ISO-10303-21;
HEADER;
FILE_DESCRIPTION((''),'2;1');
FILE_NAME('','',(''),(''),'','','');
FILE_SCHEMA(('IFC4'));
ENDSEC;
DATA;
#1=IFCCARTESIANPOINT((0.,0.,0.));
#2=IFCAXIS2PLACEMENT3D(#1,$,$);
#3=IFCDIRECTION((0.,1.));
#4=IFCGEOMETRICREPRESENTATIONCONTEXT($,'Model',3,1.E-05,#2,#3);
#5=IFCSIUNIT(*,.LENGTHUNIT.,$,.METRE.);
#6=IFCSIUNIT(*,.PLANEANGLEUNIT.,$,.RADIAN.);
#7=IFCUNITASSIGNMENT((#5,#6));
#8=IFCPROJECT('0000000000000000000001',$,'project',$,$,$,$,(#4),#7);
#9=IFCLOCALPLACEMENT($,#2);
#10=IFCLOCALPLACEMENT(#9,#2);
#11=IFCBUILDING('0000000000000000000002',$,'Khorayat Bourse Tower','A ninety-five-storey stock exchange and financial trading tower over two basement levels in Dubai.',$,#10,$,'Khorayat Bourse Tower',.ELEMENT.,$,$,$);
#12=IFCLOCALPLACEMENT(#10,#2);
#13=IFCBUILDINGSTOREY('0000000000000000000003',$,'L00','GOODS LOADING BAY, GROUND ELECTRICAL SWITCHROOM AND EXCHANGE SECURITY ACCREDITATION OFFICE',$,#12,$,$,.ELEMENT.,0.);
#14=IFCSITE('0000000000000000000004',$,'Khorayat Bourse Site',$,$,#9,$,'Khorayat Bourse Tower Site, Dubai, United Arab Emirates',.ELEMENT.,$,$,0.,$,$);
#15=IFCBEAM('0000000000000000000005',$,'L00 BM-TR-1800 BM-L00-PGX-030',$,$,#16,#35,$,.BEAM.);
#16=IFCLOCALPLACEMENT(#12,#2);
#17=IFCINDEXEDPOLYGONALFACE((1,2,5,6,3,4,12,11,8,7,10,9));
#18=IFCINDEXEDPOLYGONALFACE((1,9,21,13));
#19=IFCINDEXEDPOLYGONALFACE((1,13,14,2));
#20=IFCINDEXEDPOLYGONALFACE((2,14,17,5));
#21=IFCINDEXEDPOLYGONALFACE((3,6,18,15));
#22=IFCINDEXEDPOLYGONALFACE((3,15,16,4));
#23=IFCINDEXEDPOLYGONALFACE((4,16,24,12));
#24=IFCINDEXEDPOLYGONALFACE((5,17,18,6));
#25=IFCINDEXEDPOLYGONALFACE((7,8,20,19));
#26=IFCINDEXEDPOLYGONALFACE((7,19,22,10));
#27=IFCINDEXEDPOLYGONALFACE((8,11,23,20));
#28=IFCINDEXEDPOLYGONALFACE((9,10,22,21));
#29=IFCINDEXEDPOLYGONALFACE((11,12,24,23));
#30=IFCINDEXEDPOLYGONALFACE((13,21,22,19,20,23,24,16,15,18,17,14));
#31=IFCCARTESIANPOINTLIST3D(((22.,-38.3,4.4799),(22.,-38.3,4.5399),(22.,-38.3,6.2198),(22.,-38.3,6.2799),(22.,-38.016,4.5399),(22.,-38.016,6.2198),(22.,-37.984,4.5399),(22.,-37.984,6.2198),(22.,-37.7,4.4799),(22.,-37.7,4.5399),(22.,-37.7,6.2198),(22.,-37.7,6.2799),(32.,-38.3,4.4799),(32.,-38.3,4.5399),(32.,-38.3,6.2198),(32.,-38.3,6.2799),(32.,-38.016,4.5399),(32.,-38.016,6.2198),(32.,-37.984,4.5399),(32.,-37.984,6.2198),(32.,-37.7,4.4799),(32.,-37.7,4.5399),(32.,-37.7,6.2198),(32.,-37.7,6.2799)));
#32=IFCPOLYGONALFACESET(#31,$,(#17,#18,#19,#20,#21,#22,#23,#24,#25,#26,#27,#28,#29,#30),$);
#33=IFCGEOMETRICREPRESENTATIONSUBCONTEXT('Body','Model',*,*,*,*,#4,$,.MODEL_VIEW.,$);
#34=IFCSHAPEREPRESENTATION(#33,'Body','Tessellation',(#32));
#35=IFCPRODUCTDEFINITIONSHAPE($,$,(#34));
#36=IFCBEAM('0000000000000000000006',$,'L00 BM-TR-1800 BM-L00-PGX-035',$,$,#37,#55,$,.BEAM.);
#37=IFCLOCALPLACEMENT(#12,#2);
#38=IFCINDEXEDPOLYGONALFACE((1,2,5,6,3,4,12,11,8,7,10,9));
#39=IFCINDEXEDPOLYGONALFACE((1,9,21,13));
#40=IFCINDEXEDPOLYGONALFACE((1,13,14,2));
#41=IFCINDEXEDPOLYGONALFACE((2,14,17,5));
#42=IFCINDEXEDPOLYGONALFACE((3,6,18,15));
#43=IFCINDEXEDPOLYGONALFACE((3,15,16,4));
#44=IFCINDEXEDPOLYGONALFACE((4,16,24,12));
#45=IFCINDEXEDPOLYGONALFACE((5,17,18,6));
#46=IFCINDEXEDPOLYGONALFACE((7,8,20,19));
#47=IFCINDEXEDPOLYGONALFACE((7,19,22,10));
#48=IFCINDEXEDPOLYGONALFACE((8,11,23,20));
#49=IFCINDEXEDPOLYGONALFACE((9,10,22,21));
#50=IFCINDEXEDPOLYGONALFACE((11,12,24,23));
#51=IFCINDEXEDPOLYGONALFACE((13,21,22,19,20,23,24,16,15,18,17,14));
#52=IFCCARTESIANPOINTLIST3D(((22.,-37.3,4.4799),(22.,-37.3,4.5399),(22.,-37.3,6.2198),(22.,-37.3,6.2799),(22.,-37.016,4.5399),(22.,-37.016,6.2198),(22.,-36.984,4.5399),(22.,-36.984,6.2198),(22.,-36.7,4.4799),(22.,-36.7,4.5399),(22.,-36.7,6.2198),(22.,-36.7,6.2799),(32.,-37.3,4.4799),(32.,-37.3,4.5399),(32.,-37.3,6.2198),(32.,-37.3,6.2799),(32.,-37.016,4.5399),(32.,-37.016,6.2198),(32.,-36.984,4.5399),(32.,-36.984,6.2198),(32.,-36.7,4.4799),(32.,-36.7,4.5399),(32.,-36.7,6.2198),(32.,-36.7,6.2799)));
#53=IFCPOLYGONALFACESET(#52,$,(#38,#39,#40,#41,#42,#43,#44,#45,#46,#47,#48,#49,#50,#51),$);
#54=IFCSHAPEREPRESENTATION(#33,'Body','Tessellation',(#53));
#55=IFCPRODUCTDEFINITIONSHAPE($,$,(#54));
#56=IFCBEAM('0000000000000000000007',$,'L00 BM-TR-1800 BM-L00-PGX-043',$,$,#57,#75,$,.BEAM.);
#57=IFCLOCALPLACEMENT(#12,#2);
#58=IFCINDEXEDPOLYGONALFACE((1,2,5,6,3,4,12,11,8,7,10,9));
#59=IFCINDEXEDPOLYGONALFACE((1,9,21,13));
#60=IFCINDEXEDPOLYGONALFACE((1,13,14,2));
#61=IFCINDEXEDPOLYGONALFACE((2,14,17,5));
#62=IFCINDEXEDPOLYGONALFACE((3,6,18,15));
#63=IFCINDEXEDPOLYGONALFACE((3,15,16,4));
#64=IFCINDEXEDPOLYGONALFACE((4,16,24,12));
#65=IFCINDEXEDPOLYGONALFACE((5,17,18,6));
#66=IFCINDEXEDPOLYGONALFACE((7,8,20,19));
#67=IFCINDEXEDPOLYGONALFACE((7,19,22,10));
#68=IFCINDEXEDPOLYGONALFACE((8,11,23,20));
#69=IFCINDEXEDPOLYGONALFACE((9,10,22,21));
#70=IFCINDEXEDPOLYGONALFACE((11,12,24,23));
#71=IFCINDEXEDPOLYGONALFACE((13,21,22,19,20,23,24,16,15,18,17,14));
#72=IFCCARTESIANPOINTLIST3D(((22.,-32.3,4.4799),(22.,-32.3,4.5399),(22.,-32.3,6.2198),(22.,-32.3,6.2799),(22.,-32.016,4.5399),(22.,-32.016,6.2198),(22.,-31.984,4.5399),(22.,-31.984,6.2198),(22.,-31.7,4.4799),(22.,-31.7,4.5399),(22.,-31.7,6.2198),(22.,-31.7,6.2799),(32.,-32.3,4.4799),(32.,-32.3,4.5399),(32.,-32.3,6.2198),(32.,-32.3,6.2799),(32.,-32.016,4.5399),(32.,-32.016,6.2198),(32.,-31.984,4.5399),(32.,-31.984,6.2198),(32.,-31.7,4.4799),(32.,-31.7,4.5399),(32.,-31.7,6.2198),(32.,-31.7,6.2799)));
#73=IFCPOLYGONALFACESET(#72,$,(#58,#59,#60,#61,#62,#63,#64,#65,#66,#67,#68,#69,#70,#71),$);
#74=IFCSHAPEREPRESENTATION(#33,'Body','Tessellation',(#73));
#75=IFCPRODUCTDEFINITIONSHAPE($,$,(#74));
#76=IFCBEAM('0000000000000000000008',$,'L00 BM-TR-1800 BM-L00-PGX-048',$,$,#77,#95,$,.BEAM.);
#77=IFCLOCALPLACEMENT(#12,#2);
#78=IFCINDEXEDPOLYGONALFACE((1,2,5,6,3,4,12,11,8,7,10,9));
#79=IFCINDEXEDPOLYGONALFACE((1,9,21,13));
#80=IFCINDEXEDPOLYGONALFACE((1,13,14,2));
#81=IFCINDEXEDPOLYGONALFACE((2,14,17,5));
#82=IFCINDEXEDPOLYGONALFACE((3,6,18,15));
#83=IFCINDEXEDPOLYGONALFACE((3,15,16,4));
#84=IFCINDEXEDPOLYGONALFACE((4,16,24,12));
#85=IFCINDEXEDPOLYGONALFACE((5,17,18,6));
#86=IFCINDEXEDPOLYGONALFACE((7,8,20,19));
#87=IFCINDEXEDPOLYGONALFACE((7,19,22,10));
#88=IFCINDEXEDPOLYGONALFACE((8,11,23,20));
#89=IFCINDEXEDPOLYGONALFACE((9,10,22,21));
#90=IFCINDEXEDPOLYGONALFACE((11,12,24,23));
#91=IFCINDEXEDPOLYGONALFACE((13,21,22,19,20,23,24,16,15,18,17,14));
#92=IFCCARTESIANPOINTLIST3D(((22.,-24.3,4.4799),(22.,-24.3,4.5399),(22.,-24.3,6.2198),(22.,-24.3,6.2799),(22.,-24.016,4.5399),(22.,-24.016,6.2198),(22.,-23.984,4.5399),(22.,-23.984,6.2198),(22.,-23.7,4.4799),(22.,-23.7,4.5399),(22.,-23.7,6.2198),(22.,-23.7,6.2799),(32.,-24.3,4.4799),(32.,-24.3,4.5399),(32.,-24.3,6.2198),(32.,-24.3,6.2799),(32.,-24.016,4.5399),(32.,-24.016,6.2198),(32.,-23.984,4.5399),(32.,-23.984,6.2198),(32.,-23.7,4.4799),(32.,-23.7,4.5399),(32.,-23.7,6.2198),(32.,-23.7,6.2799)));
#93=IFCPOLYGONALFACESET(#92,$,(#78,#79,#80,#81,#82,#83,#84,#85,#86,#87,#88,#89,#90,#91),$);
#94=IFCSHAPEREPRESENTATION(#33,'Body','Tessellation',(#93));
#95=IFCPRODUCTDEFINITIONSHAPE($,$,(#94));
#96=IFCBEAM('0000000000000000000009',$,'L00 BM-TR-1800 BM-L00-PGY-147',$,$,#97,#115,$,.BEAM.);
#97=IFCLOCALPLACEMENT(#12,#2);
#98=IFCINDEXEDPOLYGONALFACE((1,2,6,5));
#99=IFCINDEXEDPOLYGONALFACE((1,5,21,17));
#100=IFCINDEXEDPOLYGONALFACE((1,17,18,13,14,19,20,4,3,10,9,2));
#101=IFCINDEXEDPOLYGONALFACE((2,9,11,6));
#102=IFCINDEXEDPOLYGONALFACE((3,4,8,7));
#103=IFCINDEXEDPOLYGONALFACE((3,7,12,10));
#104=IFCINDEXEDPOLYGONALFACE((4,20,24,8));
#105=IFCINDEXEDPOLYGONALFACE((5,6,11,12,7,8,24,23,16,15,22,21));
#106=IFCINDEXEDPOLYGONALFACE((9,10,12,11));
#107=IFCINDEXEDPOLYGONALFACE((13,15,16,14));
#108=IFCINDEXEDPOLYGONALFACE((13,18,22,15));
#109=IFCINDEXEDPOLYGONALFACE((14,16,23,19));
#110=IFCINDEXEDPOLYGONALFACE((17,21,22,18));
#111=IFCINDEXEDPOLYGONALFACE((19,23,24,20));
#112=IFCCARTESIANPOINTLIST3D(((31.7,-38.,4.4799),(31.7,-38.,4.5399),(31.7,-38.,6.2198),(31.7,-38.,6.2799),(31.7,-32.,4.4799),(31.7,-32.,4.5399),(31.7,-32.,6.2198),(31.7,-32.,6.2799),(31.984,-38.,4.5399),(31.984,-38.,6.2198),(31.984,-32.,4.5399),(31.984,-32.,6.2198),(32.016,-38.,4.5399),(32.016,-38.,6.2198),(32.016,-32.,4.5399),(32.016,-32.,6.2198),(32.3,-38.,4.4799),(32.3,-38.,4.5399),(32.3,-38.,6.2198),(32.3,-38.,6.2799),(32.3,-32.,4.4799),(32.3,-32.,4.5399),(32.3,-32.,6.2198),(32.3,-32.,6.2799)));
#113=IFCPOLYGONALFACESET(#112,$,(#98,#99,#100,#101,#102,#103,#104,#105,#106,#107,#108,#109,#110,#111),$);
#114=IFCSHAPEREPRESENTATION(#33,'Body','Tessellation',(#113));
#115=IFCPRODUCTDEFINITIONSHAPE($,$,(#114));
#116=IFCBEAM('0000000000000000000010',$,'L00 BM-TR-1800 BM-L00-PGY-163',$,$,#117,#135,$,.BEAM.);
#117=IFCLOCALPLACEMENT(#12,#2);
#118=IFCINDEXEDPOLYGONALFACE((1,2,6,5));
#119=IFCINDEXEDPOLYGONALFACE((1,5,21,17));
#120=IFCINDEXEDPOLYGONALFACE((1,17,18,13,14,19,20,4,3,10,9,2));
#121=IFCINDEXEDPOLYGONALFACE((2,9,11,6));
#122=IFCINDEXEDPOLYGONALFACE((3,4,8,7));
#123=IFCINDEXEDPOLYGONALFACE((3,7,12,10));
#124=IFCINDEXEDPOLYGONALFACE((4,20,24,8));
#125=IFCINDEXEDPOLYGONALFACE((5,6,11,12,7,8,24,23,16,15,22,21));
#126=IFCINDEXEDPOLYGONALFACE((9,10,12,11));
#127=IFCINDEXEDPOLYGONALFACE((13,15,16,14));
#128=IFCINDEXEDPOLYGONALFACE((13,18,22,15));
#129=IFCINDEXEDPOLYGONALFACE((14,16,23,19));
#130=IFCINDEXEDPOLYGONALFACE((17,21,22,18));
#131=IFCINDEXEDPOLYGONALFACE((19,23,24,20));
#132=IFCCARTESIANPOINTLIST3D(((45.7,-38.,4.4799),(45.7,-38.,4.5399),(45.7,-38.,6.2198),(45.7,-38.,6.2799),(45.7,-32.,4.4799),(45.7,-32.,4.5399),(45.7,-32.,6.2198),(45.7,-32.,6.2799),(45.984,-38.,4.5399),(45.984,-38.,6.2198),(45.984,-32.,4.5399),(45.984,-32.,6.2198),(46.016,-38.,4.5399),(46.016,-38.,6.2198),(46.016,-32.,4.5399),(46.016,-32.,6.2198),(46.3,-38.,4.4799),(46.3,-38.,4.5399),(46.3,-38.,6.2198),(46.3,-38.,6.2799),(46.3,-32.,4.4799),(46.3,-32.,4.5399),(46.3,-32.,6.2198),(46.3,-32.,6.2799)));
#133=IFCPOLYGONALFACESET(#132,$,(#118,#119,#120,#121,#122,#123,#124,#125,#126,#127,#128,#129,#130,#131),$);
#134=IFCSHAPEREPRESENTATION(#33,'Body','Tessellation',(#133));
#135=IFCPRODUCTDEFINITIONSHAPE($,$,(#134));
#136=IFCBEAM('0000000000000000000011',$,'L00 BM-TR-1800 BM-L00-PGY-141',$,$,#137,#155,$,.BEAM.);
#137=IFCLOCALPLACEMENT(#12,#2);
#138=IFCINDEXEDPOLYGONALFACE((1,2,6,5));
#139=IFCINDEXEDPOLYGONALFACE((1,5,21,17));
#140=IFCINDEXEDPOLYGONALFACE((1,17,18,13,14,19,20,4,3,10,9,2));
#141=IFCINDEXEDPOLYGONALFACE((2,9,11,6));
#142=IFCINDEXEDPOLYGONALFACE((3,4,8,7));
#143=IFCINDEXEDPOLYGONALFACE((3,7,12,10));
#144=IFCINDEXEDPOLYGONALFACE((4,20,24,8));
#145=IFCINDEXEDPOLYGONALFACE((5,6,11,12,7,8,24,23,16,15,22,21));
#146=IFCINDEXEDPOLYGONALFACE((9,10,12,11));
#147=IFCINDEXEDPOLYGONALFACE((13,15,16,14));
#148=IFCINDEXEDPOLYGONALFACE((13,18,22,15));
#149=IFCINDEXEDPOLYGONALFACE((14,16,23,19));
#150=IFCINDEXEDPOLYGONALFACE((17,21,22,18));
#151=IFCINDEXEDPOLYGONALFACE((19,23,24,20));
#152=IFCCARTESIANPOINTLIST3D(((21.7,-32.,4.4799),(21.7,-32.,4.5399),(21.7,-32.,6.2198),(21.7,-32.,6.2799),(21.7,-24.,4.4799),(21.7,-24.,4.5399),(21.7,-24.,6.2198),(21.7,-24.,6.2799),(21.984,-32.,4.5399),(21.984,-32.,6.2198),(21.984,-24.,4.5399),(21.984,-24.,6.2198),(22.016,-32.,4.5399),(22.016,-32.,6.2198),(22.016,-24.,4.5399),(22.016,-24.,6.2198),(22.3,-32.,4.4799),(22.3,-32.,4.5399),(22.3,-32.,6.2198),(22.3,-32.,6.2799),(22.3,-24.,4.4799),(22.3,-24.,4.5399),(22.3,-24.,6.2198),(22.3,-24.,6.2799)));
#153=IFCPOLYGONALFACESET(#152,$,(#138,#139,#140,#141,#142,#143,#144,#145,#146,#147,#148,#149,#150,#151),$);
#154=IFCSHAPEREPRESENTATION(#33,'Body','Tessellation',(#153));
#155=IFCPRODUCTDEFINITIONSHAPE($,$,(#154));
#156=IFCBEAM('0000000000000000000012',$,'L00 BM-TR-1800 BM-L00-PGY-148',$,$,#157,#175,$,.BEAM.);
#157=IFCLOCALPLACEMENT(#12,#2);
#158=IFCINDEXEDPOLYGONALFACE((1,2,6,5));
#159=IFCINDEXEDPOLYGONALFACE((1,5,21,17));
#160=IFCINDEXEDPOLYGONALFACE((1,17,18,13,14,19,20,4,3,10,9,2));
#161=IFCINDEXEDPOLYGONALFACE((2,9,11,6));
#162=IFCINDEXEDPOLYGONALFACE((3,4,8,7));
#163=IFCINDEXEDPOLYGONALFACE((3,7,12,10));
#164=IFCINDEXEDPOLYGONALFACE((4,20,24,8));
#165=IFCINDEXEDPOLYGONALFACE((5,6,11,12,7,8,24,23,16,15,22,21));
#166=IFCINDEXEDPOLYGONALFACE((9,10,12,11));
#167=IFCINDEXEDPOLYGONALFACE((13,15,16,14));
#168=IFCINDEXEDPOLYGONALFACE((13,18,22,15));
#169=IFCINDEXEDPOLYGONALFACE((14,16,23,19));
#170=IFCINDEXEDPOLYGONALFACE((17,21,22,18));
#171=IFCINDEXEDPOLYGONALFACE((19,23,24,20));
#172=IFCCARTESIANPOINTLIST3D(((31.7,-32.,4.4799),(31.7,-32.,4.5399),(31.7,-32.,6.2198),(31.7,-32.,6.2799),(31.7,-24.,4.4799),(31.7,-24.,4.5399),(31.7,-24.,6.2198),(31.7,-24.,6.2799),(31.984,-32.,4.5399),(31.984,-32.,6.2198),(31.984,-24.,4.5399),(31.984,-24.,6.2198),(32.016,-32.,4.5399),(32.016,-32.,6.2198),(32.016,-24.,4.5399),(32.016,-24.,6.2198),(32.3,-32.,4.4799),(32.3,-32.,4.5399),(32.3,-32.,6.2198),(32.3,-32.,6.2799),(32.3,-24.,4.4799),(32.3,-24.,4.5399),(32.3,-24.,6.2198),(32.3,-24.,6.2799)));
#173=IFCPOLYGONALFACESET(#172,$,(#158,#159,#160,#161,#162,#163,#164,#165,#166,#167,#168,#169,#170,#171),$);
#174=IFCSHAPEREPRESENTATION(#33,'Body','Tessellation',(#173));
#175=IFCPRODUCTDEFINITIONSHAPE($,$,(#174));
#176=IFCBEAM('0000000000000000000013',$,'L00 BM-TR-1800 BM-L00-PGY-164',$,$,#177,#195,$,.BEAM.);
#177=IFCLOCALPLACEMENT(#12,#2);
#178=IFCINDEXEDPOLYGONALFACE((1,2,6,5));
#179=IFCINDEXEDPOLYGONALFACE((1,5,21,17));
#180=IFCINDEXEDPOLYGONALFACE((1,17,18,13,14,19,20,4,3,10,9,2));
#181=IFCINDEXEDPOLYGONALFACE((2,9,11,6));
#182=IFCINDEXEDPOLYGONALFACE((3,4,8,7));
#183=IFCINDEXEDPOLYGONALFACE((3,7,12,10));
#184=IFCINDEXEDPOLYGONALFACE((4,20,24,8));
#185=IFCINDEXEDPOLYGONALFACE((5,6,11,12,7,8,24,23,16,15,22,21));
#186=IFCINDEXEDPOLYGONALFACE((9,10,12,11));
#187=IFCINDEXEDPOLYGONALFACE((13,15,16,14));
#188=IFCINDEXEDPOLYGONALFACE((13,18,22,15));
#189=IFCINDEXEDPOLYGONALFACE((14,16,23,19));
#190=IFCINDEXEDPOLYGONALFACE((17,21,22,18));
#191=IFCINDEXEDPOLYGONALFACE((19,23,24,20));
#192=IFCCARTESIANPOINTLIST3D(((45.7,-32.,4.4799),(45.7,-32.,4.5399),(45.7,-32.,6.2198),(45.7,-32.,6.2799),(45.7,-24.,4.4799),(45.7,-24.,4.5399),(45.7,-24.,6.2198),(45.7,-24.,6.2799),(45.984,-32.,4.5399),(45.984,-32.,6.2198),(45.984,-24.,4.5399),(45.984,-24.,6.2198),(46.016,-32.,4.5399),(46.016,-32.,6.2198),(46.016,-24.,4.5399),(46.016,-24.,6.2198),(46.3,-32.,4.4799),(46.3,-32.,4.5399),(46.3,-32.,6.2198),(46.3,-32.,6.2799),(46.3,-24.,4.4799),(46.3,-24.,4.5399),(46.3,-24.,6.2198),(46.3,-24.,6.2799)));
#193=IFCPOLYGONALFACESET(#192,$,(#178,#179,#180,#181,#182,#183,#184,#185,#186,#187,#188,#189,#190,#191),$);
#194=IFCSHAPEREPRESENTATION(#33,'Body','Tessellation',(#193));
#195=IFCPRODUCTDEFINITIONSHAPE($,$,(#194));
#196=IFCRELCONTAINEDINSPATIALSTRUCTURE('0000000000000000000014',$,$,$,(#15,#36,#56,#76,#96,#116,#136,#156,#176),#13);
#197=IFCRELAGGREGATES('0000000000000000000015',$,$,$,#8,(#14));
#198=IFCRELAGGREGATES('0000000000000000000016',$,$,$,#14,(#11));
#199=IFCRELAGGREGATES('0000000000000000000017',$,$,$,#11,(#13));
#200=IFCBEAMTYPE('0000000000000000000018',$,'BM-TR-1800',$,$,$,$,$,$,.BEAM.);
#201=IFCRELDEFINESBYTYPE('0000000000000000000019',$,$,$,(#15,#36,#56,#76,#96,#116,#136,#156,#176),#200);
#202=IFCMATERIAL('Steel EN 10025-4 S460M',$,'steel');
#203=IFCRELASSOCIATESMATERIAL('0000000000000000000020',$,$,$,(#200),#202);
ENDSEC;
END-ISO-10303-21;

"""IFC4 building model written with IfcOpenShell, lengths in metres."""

from ifc_helpers import new_model, si_unit, direction, frame, origin, origin_2d, place, context, subcontext, project, spatial, i_section, extrude, source, transform, mapped, material, material_profile, profile_set, type_object, element, save


model = new_model("IFC4")

# Units and contexts
model_context = context("Model", 3, precision=1e-05, world=origin(), true_north=direction((0.0, 1.0)))
body_context = subcontext(model_context, "Body", "Model", "MODEL_VIEW")
ifc_project = project(units=[si_unit("LENGTHUNIT", "METRE"), si_unit("PLANEANGLEUNIT", "RADIAN")], contexts=[model_context])

# Site, building, storey
site_placement = place(None, origin())
site = spatial("IfcSite", under=ifc_project, at=site_placement, Name="Khorayat Bourse Site", LongName="Khorayat Bourse Tower Site, Dubai, United Arab Emirates", CompositionType="ELEMENT", RefElevation=0.0)
building_placement = place(site_placement, origin())
building = spatial("IfcBuilding", under=site, at=building_placement, Name="Khorayat Bourse Tower", Description="A ninety-five-storey stock exchange and financial trading tower over two basement levels in Dubai.", LongName="Khorayat Bourse Tower", CompositionType="ELEMENT")
storey_placement = place(building_placement, origin())
storey = spatial("IfcBuildingStorey", under=building, at=storey_placement, Name="L00", Description="GOODS LOADING BAY, GROUND ELECTRICAL SWITCHROOM AND EXCHANGE SECURITY ACCREDITATION OFFICE", CompositionType="ELEMENT", Elevation=0.0)

# Beams
ifc_material_1 = material(Name="Steel EN 10025-4 S460M", Category="steel")
ifc_material_profile_1 = material_profile(ifc_material_1, i_section(OverallWidth=0.6001, OverallDepth=1.8, WebThickness=0.032, FlangeThickness=0.0601, at=origin_2d()), Name="PG 1800x600x32x60")
ifc_profile_set_1 = profile_set([ifc_material_profile_1], Name="Steel EN 10025-4 S460M")
beam_type_1 = type_object("IfcBeamType", Name="BM-TR-1800", PredefinedType="BEAM", material=ifc_profile_set_1)
shared_shape_1 = source(origin(), body_context, "Body", "SweptSolid", [
    extrude(i_section(OverallWidth=0.6001, OverallDepth=1.8, WebThickness=0.032, FlangeThickness=0.0601, at=origin_2d()), origin(), (0.0, 0.0, 1.0), 10.0),
])
for number, where, z_axis, x_axis, name in (
    (1, (22.0, -38.0, 5.3799), (1.0, 0.0, 0.0), (0.0, 1.0, 0.0), "L00 BM-TR-1800 BM-L00-PGX-030"),
    (2, (22.0, -37.0, 5.3799), (1.0, 0.0, 0.0), (0.0, 1.0, 0.0), "L00 BM-TR-1800 BM-L00-PGX-035"),
    (3, (22.0, -32.0, 5.3799), (1.0, 0.0, 0.0), (0.0, 1.0, 0.0), "L00 BM-TR-1800 BM-L00-PGX-043"),
    (4, (22.0, -24.0, 5.3799), (1.0, 0.0, 0.0), (0.0, 1.0, 0.0), "L00 BM-TR-1800 BM-L00-PGX-048"),
):
    element("IfcBeam", number, at=place(storey_placement, frame(where, z_axis=z_axis, x_axis=x_axis)), inside=storey, type_object=beam_type_1, Name=name, PredefinedType="BEAM", context=body_context, shape_type="MappedRepresentation", body=[
        mapped(shared_shape_1, transform((0.0, 0.0, 0.0), scale=1.0)),
    ])
shared_shape_2 = source(origin(), body_context, "Body", "SweptSolid", [
    extrude(i_section(OverallWidth=0.6001, OverallDepth=1.8, WebThickness=0.032, FlangeThickness=0.0601, at=origin_2d()), origin(), (0.0, 0.0, 1.0), 6.0),
])
for number, where, z_axis, x_axis, name in (
    (5, (32.0, -38.0, 5.3799), (0.0, 1.0, 0.0), (-1.0, 0.0, 0.0), "L00 BM-TR-1800 BM-L00-PGY-147"),
    (6, (46.0, -38.0, 5.3799), (0.0, 1.0, 0.0), (-1.0, 0.0, 0.0), "L00 BM-TR-1800 BM-L00-PGY-163"),
):
    element("IfcBeam", number, at=place(storey_placement, frame(where, z_axis=z_axis, x_axis=x_axis)), inside=storey, type_object=beam_type_1, Name=name, PredefinedType="BEAM", context=body_context, shape_type="MappedRepresentation", body=[
        mapped(shared_shape_2, transform((0.0, 0.0, 0.0), scale=1.0)),
    ])
shared_shape_3 = source(origin(), body_context, "Body", "SweptSolid", [
    extrude(i_section(OverallWidth=0.6001, OverallDepth=1.8, WebThickness=0.032, FlangeThickness=0.0601, at=origin_2d()), origin(), (0.0, 0.0, 1.0), 8.0),
])
for number, where, z_axis, x_axis, name in (
    (7, (22.0, -32.0, 5.3799), (0.0, 1.0, 0.0), (-1.0, 0.0, 0.0), "L00 BM-TR-1800 BM-L00-PGY-141"),
    (8, (32.0, -32.0, 5.3799), (0.0, 1.0, 0.0), (-1.0, 0.0, 0.0), "L00 BM-TR-1800 BM-L00-PGY-148"),
    (9, (46.0, -32.0, 5.3799), (0.0, 1.0, 0.0), (-1.0, 0.0, 0.0), "L00 BM-TR-1800 BM-L00-PGY-164"),
):
    element("IfcBeam", number, at=place(storey_placement, frame(where, z_axis=z_axis, x_axis=x_axis)), inside=storey, type_object=beam_type_1, Name=name, PredefinedType="BEAM", context=body_context, shape_type="MappedRepresentation", body=[
        mapped(shared_shape_3, transform((0.0, 0.0, 0.0), scale=1.0)),
    ])

save(model, "model.ifc")
